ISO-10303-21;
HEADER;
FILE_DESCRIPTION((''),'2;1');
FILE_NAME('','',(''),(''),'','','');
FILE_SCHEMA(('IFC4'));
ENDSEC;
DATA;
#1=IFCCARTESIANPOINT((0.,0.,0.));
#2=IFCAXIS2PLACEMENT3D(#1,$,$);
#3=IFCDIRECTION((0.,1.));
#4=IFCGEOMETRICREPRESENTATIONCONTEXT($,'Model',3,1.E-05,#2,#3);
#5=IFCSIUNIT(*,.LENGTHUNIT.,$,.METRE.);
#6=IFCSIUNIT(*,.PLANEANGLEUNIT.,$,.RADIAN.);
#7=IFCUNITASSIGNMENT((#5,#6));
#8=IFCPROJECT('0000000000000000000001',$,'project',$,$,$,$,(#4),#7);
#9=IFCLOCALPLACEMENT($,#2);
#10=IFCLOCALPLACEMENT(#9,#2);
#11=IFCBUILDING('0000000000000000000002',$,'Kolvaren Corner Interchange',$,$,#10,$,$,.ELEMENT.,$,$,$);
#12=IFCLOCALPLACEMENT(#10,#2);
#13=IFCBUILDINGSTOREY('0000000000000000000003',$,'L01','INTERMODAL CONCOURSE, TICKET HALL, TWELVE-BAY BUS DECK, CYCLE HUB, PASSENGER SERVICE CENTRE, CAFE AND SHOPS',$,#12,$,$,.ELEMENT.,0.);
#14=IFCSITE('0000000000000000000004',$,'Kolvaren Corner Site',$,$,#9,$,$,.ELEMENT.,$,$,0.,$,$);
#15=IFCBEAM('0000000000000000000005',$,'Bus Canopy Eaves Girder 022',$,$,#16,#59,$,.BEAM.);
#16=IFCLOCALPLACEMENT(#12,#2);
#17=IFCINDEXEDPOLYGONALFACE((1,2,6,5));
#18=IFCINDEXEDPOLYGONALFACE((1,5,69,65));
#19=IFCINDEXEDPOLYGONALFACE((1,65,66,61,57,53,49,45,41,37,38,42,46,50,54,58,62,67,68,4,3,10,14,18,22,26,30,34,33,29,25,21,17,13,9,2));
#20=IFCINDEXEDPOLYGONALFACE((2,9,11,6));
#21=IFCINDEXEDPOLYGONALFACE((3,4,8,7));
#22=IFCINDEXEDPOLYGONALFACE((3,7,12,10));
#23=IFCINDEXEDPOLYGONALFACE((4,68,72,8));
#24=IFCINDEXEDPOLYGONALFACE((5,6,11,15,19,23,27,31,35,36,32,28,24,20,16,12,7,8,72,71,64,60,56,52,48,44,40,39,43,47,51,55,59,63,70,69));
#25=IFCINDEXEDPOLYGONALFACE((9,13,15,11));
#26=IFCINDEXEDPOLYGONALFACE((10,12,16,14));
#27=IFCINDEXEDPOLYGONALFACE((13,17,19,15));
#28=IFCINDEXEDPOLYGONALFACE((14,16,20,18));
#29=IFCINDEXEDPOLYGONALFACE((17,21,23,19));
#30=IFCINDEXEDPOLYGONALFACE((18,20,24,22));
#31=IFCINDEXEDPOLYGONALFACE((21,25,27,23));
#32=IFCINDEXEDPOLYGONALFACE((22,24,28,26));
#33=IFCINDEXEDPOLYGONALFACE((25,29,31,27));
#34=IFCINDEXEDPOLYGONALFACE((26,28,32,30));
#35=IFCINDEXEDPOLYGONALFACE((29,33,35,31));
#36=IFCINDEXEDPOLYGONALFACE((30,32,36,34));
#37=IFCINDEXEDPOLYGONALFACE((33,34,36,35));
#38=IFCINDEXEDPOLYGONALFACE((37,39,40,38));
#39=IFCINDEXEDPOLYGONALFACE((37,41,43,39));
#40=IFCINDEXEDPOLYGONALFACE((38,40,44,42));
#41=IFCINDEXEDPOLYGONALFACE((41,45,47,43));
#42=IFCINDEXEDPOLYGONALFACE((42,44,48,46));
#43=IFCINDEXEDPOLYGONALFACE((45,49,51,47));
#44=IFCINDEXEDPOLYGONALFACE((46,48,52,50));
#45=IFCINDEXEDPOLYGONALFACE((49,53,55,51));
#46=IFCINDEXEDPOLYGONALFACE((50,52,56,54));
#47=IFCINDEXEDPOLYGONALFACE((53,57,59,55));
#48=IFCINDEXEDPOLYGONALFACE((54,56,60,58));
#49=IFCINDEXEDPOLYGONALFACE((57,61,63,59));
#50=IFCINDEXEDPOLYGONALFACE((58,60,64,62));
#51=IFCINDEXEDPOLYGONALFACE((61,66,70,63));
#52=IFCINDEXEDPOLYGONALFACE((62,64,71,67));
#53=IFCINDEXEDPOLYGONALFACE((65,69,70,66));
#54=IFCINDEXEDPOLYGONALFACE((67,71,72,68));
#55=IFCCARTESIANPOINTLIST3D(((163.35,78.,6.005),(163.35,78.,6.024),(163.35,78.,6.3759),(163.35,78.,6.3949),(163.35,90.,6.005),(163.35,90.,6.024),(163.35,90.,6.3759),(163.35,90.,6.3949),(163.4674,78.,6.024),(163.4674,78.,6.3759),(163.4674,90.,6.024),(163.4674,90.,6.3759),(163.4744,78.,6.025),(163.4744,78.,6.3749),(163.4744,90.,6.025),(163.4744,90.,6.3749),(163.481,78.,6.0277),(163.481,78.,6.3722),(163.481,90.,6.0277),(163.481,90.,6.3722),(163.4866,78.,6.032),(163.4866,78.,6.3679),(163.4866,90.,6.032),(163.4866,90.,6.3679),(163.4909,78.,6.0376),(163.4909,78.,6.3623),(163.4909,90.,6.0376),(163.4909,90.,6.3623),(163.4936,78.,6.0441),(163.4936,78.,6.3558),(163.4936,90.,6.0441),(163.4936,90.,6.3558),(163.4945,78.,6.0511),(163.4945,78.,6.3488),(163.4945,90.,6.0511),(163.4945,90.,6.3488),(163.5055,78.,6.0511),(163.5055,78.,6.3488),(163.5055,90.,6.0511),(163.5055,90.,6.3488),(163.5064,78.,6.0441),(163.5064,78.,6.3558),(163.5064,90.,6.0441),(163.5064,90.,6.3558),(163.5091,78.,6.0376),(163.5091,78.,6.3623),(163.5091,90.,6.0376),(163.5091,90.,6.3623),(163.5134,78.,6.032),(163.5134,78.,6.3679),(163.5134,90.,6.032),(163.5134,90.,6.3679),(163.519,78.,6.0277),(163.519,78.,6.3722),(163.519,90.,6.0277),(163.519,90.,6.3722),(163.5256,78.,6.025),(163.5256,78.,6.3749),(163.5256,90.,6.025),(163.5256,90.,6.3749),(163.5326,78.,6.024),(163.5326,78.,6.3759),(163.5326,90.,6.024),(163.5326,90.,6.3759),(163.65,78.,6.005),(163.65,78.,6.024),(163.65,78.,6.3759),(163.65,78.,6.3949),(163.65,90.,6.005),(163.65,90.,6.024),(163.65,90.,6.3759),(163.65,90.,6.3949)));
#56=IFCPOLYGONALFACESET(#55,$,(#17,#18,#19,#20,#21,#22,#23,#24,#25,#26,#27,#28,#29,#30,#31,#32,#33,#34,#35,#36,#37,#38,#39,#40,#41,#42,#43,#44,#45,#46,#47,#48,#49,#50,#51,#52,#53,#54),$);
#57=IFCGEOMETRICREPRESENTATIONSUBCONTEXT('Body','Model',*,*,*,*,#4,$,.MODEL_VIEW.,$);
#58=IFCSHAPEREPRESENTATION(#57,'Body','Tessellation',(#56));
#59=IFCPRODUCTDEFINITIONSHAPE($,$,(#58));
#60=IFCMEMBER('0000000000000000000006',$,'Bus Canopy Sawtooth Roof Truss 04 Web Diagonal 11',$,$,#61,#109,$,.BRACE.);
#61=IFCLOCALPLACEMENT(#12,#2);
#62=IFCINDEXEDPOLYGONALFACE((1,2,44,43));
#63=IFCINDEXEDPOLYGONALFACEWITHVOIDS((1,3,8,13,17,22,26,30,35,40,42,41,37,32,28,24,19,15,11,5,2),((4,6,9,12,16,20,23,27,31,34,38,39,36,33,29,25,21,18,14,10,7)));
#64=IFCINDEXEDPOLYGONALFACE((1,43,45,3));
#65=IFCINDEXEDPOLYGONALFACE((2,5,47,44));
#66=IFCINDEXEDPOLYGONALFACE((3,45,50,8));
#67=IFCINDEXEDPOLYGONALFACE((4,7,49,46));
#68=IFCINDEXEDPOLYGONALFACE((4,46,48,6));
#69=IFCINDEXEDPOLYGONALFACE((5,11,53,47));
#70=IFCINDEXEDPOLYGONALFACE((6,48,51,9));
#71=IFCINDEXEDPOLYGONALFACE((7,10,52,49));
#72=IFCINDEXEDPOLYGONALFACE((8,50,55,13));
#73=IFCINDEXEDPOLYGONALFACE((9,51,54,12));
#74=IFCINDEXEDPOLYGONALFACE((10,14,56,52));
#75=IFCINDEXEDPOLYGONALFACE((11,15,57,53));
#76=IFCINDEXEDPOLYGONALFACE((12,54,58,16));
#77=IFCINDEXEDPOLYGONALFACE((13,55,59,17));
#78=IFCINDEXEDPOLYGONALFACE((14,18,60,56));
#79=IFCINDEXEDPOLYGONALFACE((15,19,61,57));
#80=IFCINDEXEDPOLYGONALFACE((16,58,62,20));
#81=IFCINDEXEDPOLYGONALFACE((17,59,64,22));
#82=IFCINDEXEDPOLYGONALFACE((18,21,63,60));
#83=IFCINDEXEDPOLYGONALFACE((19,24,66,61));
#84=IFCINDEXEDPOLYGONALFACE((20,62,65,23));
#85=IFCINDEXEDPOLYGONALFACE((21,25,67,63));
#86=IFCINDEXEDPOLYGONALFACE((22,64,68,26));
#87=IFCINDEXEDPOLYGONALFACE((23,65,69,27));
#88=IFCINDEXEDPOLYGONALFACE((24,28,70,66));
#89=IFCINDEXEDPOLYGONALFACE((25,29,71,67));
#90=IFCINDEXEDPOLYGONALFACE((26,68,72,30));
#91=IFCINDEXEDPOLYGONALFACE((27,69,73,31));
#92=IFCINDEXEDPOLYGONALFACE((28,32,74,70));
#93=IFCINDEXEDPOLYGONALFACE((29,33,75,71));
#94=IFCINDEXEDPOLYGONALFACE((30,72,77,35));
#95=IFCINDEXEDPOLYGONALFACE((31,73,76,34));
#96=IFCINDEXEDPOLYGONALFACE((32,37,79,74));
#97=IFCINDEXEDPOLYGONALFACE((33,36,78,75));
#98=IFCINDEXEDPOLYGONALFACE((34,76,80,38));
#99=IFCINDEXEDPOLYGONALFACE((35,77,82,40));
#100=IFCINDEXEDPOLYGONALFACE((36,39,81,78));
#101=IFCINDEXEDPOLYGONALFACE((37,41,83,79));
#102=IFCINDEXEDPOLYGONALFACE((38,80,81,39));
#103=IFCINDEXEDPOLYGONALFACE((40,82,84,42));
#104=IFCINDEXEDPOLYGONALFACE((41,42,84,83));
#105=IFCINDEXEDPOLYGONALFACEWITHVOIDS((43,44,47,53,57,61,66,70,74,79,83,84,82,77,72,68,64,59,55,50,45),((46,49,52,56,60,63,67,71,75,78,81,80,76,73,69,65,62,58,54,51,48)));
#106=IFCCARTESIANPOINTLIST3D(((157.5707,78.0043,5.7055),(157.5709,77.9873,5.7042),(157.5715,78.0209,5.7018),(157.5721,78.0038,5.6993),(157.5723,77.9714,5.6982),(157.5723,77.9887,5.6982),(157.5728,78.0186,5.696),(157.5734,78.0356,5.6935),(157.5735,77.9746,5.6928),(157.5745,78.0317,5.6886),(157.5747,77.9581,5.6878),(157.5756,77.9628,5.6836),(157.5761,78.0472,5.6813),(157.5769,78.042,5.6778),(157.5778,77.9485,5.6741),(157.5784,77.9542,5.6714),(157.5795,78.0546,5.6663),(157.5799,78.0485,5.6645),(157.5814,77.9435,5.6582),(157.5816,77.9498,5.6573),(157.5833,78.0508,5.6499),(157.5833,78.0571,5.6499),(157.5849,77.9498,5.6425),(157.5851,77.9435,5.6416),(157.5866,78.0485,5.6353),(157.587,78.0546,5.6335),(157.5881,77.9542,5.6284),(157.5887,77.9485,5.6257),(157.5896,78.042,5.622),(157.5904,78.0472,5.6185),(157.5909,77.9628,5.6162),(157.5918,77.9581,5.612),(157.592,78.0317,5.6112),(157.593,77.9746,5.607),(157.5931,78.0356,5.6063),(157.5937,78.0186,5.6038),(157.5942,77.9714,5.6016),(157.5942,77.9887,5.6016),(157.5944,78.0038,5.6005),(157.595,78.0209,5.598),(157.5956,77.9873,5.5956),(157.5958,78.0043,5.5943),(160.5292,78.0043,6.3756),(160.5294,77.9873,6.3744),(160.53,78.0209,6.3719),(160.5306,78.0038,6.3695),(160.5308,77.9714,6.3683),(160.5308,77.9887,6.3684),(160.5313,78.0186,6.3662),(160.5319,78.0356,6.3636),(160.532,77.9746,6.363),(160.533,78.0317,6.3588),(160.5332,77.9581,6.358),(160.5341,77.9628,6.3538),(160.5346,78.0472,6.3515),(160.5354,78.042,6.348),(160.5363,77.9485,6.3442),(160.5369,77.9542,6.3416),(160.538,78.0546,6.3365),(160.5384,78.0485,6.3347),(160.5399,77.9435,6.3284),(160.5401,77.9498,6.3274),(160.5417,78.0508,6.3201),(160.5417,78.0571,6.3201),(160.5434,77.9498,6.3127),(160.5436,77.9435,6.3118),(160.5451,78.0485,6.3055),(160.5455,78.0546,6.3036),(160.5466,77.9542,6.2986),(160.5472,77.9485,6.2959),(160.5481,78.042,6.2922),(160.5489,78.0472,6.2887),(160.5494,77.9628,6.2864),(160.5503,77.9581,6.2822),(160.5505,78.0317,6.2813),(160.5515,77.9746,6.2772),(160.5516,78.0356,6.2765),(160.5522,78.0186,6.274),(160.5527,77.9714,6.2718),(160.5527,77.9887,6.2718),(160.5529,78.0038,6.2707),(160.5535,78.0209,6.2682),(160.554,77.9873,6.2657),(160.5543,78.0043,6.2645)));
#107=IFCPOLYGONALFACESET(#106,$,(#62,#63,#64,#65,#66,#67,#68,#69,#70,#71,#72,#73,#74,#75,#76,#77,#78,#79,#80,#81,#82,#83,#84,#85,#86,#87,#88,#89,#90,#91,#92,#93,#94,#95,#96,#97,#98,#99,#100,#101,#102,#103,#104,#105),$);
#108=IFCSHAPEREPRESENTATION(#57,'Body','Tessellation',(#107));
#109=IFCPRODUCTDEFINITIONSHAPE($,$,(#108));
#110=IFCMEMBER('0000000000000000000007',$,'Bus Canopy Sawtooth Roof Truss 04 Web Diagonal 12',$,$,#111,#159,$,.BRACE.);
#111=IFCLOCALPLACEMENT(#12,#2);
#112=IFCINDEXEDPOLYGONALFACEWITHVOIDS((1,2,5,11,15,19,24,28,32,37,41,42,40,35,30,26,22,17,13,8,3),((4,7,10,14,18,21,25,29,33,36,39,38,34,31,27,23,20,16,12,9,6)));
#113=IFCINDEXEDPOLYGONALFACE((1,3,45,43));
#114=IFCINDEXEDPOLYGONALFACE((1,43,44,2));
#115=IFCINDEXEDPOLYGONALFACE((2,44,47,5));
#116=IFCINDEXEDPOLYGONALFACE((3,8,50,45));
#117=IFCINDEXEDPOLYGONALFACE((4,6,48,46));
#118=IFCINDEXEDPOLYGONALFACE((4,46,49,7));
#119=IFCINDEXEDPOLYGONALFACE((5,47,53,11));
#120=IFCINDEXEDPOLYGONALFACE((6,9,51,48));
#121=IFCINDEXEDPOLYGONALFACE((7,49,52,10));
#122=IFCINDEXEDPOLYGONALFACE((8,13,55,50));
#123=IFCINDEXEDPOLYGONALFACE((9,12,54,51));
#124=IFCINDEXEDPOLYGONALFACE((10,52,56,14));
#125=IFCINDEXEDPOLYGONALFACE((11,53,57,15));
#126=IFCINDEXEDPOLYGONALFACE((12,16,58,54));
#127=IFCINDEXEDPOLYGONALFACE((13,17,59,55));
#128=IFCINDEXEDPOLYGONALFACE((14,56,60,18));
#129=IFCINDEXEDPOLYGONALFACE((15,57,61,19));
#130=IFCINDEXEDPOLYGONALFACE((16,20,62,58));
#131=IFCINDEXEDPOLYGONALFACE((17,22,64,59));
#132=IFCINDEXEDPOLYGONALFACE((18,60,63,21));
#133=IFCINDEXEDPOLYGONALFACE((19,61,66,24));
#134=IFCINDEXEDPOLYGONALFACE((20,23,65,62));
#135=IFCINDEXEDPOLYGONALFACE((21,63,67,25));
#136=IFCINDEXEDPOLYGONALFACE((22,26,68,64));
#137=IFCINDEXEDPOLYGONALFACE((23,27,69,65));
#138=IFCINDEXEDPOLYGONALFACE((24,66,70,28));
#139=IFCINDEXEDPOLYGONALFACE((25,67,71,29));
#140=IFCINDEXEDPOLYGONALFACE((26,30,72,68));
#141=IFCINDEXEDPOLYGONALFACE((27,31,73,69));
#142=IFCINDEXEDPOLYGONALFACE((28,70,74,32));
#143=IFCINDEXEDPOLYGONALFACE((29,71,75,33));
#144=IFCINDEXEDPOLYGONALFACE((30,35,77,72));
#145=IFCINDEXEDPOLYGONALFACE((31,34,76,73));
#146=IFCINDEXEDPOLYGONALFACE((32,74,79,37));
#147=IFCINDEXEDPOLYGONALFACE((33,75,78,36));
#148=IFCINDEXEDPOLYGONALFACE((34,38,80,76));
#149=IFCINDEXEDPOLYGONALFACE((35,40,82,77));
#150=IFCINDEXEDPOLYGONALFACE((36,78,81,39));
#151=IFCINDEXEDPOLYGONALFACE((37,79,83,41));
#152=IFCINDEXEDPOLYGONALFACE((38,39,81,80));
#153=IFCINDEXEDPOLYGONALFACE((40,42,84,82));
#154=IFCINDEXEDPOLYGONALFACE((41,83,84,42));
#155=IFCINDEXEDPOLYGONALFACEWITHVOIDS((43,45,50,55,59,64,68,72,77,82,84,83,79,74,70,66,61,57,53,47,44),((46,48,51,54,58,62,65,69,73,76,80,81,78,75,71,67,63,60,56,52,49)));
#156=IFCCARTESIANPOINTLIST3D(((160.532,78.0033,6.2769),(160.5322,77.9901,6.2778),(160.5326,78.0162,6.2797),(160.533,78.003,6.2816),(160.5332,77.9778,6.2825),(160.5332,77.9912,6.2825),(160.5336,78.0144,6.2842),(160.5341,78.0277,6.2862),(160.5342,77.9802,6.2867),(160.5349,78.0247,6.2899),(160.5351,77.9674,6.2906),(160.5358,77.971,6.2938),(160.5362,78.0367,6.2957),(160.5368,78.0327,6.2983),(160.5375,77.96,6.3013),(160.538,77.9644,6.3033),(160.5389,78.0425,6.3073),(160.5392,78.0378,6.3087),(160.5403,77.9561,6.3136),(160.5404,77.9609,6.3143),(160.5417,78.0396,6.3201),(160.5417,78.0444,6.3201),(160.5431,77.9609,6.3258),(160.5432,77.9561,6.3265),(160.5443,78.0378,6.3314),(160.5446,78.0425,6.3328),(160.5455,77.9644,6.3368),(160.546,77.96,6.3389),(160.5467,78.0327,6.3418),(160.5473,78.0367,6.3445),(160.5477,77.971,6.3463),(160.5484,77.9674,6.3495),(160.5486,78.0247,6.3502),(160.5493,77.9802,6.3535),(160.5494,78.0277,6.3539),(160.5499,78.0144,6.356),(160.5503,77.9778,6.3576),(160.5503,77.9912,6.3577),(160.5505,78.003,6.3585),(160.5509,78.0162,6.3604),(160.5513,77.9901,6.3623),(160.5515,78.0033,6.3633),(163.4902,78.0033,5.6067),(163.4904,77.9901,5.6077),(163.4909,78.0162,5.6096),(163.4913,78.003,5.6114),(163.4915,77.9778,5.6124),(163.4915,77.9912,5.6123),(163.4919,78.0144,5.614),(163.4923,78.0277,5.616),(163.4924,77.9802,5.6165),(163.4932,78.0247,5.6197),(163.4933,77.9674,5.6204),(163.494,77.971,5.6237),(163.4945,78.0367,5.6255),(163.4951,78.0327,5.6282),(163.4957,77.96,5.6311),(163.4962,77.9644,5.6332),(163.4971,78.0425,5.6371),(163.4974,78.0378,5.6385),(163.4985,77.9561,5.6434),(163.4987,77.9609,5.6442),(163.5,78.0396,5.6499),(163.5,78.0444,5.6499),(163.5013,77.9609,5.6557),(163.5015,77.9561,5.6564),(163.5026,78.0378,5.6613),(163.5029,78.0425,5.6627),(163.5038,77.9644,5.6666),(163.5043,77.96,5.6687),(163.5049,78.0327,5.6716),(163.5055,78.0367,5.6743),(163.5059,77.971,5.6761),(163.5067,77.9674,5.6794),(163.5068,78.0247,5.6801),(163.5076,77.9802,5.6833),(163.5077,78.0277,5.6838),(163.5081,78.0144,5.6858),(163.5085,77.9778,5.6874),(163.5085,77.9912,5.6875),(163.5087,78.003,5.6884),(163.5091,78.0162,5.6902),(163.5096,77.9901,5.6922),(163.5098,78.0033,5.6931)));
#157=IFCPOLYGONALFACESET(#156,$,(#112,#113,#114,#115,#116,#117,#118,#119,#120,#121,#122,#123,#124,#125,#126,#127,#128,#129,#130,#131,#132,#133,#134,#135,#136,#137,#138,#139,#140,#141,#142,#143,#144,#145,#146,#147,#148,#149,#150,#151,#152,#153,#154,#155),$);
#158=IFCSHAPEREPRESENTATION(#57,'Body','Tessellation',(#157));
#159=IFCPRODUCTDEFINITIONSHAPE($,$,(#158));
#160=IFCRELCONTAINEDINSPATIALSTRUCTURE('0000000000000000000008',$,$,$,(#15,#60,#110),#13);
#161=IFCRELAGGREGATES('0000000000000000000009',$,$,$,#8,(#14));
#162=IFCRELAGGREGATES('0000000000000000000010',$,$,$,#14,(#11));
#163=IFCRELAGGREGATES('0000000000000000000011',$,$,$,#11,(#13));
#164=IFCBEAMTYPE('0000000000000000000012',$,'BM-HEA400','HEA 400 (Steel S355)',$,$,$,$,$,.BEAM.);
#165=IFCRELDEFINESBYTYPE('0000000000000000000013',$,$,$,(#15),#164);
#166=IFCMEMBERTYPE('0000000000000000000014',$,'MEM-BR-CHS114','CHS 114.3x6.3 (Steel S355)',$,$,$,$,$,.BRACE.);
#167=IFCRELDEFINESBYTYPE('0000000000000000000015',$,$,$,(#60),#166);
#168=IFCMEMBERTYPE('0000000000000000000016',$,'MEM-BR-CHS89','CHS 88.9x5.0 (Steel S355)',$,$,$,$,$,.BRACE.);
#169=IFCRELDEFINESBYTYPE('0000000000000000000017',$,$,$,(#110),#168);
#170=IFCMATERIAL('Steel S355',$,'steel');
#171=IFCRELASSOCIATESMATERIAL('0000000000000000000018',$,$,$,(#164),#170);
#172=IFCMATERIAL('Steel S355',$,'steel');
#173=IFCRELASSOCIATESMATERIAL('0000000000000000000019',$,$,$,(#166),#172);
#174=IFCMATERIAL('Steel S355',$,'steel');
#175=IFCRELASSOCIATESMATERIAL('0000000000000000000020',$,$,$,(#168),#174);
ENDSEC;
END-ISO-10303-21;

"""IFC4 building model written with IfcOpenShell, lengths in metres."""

from ifc_helpers import new_model, si_unit, direction, frame, origin, origin_2d, place, context, subcontext, project, spatial, hollow_circle, i_section, extrude, material, material_profile, profile_set, type_object, element, save


model = new_model("IFC4")

# Units and contexts
model_context = context("Model", 3, precision=1e-05, world=origin(), true_north=direction((0.0, 1.0)))
body_context = subcontext(model_context, "Body", "Model", "MODEL_VIEW")
ifc_project = project(units=[si_unit("LENGTHUNIT", "METRE"), si_unit("PLANEANGLEUNIT", "RADIAN")], contexts=[model_context])

# Site, building, storey
site_placement = place(None, origin())
site = spatial("IfcSite", under=ifc_project, at=site_placement, Name="Kolvaren Corner Site", CompositionType="ELEMENT", RefElevation=0.0)
building_placement = place(site_placement, origin())
building = spatial("IfcBuilding", under=site, at=building_placement, Name="Kolvaren Corner Interchange", CompositionType="ELEMENT")
storey_placement = place(building_placement, origin())
storey = spatial("IfcBuildingStorey", under=building, at=storey_placement, Name="L01", Description="INTERMODAL CONCOURSE, TICKET HALL, TWELVE-BAY BUS DECK, CYCLE HUB, PASSENGER SERVICE CENTRE, CAFE AND SHOPS", CompositionType="ELEMENT", Elevation=0.0)

# Beam
ifc_material_1 = material(Name="Steel S355", Category="steel")
ifc_material_profile_1 = material_profile(ifc_material_1, i_section(OverallWidth=0.3, OverallDepth=0.3899, WebThickness=0.011, FlangeThickness=0.019, FilletRadius=0.0271, at=origin_2d()), Name="HEA 400")
ifc_profile_set_1 = profile_set([ifc_material_profile_1], Name="Steel S355")
beam_type = type_object("IfcBeamType", Name="BM-HEA400", Description="HEA 400 (Steel S355)", PredefinedType="BEAM", material=ifc_profile_set_1)
for number, where, z_axis, x_axis, name in (
    (1, (163.5, 78.0, 6.2), (0.0, 1.0, 0.0), (-1.0, 0.0, 0.0), "Bus Canopy Eaves Girder 022"),
):
    element("IfcBeam", number, at=place(storey_placement, frame(where, z_axis=z_axis, x_axis=x_axis)), inside=storey, type_object=beam_type, Name=name, PredefinedType="BEAM", context=body_context, shape_type="SweptSolid", body=[
        extrude(i_section(OverallWidth=0.3, OverallDepth=0.3899, WebThickness=0.011, FlangeThickness=0.019, FilletRadius=0.0271, at=origin_2d()), origin(), (0.0, 0.0, 1.0), 12.0),
    ])

# Members
ifc_material_2 = material(Name="Steel S355", Category="steel")
ifc_material_profile_2 = material_profile(ifc_material_2, hollow_circle(Radius=0.0571, WallThickness=0.0063, at=origin_2d()), Name="CHS 114.3x6.3")
ifc_profile_set_2 = profile_set([ifc_material_profile_2], Name="Steel S355")
member_type_1 = type_object("IfcMemberType", Name="MEM-BR-CHS114", Description="CHS 114.3x6.3 (Steel S355)", PredefinedType="BRACE", material=ifc_profile_set_2)
member_1_placement = place(storey_placement, frame((157.5833, 78.0, 5.6499), z_axis=(0.975291, 0.0, 0.220925), x_axis=(0.0, 1.0, 0.0)))
element("IfcMember", 2, at=member_1_placement, inside=storey, type_object=member_type_1, Name="Bus Canopy Sawtooth Roof Truss 04 Web Diagonal 11", PredefinedType="BRACE", context=body_context, shape_type="SweptSolid", body=[
    extrude(hollow_circle(Radius=0.0571, WallThickness=0.0063, at=origin_2d()), origin(), (0.0, 0.0, 1.0), 3.0334),
])
ifc_material_3 = material(Name="Steel S355", Category="steel")
ifc_material_profile_3 = material_profile(ifc_material_3, hollow_circle(Radius=0.0444, WallThickness=0.0049, at=origin_2d()), Name="CHS 88.9x5.0")
ifc_profile_set_3 = profile_set([ifc_material_profile_3], Name="Steel S355")
member_type_2 = type_object("IfcMemberType", Name="MEM-BR-CHS89", Description="CHS 88.9x5.0 (Steel S355)", PredefinedType="BRACE", material=ifc_profile_set_3)
member_2_placement = place(storey_placement, frame((160.5417, 78.0, 6.3201), z_axis=(0.975287, 0.0, -0.220943), x_axis=(0.0, 1.0, 0.0)))
element("IfcMember", 3, at=member_2_placement, inside=storey, type_object=member_type_2, Name="Bus Canopy Sawtooth Roof Truss 04 Web Diagonal 12", PredefinedType="BRACE", context=body_context, shape_type="SweptSolid", body=[
    extrude(hollow_circle(Radius=0.0444, WallThickness=0.0049, at=origin_2d()), origin(), (0.0, 0.0, 1.0), 3.0332),
])

save(model, "model.ifc")
